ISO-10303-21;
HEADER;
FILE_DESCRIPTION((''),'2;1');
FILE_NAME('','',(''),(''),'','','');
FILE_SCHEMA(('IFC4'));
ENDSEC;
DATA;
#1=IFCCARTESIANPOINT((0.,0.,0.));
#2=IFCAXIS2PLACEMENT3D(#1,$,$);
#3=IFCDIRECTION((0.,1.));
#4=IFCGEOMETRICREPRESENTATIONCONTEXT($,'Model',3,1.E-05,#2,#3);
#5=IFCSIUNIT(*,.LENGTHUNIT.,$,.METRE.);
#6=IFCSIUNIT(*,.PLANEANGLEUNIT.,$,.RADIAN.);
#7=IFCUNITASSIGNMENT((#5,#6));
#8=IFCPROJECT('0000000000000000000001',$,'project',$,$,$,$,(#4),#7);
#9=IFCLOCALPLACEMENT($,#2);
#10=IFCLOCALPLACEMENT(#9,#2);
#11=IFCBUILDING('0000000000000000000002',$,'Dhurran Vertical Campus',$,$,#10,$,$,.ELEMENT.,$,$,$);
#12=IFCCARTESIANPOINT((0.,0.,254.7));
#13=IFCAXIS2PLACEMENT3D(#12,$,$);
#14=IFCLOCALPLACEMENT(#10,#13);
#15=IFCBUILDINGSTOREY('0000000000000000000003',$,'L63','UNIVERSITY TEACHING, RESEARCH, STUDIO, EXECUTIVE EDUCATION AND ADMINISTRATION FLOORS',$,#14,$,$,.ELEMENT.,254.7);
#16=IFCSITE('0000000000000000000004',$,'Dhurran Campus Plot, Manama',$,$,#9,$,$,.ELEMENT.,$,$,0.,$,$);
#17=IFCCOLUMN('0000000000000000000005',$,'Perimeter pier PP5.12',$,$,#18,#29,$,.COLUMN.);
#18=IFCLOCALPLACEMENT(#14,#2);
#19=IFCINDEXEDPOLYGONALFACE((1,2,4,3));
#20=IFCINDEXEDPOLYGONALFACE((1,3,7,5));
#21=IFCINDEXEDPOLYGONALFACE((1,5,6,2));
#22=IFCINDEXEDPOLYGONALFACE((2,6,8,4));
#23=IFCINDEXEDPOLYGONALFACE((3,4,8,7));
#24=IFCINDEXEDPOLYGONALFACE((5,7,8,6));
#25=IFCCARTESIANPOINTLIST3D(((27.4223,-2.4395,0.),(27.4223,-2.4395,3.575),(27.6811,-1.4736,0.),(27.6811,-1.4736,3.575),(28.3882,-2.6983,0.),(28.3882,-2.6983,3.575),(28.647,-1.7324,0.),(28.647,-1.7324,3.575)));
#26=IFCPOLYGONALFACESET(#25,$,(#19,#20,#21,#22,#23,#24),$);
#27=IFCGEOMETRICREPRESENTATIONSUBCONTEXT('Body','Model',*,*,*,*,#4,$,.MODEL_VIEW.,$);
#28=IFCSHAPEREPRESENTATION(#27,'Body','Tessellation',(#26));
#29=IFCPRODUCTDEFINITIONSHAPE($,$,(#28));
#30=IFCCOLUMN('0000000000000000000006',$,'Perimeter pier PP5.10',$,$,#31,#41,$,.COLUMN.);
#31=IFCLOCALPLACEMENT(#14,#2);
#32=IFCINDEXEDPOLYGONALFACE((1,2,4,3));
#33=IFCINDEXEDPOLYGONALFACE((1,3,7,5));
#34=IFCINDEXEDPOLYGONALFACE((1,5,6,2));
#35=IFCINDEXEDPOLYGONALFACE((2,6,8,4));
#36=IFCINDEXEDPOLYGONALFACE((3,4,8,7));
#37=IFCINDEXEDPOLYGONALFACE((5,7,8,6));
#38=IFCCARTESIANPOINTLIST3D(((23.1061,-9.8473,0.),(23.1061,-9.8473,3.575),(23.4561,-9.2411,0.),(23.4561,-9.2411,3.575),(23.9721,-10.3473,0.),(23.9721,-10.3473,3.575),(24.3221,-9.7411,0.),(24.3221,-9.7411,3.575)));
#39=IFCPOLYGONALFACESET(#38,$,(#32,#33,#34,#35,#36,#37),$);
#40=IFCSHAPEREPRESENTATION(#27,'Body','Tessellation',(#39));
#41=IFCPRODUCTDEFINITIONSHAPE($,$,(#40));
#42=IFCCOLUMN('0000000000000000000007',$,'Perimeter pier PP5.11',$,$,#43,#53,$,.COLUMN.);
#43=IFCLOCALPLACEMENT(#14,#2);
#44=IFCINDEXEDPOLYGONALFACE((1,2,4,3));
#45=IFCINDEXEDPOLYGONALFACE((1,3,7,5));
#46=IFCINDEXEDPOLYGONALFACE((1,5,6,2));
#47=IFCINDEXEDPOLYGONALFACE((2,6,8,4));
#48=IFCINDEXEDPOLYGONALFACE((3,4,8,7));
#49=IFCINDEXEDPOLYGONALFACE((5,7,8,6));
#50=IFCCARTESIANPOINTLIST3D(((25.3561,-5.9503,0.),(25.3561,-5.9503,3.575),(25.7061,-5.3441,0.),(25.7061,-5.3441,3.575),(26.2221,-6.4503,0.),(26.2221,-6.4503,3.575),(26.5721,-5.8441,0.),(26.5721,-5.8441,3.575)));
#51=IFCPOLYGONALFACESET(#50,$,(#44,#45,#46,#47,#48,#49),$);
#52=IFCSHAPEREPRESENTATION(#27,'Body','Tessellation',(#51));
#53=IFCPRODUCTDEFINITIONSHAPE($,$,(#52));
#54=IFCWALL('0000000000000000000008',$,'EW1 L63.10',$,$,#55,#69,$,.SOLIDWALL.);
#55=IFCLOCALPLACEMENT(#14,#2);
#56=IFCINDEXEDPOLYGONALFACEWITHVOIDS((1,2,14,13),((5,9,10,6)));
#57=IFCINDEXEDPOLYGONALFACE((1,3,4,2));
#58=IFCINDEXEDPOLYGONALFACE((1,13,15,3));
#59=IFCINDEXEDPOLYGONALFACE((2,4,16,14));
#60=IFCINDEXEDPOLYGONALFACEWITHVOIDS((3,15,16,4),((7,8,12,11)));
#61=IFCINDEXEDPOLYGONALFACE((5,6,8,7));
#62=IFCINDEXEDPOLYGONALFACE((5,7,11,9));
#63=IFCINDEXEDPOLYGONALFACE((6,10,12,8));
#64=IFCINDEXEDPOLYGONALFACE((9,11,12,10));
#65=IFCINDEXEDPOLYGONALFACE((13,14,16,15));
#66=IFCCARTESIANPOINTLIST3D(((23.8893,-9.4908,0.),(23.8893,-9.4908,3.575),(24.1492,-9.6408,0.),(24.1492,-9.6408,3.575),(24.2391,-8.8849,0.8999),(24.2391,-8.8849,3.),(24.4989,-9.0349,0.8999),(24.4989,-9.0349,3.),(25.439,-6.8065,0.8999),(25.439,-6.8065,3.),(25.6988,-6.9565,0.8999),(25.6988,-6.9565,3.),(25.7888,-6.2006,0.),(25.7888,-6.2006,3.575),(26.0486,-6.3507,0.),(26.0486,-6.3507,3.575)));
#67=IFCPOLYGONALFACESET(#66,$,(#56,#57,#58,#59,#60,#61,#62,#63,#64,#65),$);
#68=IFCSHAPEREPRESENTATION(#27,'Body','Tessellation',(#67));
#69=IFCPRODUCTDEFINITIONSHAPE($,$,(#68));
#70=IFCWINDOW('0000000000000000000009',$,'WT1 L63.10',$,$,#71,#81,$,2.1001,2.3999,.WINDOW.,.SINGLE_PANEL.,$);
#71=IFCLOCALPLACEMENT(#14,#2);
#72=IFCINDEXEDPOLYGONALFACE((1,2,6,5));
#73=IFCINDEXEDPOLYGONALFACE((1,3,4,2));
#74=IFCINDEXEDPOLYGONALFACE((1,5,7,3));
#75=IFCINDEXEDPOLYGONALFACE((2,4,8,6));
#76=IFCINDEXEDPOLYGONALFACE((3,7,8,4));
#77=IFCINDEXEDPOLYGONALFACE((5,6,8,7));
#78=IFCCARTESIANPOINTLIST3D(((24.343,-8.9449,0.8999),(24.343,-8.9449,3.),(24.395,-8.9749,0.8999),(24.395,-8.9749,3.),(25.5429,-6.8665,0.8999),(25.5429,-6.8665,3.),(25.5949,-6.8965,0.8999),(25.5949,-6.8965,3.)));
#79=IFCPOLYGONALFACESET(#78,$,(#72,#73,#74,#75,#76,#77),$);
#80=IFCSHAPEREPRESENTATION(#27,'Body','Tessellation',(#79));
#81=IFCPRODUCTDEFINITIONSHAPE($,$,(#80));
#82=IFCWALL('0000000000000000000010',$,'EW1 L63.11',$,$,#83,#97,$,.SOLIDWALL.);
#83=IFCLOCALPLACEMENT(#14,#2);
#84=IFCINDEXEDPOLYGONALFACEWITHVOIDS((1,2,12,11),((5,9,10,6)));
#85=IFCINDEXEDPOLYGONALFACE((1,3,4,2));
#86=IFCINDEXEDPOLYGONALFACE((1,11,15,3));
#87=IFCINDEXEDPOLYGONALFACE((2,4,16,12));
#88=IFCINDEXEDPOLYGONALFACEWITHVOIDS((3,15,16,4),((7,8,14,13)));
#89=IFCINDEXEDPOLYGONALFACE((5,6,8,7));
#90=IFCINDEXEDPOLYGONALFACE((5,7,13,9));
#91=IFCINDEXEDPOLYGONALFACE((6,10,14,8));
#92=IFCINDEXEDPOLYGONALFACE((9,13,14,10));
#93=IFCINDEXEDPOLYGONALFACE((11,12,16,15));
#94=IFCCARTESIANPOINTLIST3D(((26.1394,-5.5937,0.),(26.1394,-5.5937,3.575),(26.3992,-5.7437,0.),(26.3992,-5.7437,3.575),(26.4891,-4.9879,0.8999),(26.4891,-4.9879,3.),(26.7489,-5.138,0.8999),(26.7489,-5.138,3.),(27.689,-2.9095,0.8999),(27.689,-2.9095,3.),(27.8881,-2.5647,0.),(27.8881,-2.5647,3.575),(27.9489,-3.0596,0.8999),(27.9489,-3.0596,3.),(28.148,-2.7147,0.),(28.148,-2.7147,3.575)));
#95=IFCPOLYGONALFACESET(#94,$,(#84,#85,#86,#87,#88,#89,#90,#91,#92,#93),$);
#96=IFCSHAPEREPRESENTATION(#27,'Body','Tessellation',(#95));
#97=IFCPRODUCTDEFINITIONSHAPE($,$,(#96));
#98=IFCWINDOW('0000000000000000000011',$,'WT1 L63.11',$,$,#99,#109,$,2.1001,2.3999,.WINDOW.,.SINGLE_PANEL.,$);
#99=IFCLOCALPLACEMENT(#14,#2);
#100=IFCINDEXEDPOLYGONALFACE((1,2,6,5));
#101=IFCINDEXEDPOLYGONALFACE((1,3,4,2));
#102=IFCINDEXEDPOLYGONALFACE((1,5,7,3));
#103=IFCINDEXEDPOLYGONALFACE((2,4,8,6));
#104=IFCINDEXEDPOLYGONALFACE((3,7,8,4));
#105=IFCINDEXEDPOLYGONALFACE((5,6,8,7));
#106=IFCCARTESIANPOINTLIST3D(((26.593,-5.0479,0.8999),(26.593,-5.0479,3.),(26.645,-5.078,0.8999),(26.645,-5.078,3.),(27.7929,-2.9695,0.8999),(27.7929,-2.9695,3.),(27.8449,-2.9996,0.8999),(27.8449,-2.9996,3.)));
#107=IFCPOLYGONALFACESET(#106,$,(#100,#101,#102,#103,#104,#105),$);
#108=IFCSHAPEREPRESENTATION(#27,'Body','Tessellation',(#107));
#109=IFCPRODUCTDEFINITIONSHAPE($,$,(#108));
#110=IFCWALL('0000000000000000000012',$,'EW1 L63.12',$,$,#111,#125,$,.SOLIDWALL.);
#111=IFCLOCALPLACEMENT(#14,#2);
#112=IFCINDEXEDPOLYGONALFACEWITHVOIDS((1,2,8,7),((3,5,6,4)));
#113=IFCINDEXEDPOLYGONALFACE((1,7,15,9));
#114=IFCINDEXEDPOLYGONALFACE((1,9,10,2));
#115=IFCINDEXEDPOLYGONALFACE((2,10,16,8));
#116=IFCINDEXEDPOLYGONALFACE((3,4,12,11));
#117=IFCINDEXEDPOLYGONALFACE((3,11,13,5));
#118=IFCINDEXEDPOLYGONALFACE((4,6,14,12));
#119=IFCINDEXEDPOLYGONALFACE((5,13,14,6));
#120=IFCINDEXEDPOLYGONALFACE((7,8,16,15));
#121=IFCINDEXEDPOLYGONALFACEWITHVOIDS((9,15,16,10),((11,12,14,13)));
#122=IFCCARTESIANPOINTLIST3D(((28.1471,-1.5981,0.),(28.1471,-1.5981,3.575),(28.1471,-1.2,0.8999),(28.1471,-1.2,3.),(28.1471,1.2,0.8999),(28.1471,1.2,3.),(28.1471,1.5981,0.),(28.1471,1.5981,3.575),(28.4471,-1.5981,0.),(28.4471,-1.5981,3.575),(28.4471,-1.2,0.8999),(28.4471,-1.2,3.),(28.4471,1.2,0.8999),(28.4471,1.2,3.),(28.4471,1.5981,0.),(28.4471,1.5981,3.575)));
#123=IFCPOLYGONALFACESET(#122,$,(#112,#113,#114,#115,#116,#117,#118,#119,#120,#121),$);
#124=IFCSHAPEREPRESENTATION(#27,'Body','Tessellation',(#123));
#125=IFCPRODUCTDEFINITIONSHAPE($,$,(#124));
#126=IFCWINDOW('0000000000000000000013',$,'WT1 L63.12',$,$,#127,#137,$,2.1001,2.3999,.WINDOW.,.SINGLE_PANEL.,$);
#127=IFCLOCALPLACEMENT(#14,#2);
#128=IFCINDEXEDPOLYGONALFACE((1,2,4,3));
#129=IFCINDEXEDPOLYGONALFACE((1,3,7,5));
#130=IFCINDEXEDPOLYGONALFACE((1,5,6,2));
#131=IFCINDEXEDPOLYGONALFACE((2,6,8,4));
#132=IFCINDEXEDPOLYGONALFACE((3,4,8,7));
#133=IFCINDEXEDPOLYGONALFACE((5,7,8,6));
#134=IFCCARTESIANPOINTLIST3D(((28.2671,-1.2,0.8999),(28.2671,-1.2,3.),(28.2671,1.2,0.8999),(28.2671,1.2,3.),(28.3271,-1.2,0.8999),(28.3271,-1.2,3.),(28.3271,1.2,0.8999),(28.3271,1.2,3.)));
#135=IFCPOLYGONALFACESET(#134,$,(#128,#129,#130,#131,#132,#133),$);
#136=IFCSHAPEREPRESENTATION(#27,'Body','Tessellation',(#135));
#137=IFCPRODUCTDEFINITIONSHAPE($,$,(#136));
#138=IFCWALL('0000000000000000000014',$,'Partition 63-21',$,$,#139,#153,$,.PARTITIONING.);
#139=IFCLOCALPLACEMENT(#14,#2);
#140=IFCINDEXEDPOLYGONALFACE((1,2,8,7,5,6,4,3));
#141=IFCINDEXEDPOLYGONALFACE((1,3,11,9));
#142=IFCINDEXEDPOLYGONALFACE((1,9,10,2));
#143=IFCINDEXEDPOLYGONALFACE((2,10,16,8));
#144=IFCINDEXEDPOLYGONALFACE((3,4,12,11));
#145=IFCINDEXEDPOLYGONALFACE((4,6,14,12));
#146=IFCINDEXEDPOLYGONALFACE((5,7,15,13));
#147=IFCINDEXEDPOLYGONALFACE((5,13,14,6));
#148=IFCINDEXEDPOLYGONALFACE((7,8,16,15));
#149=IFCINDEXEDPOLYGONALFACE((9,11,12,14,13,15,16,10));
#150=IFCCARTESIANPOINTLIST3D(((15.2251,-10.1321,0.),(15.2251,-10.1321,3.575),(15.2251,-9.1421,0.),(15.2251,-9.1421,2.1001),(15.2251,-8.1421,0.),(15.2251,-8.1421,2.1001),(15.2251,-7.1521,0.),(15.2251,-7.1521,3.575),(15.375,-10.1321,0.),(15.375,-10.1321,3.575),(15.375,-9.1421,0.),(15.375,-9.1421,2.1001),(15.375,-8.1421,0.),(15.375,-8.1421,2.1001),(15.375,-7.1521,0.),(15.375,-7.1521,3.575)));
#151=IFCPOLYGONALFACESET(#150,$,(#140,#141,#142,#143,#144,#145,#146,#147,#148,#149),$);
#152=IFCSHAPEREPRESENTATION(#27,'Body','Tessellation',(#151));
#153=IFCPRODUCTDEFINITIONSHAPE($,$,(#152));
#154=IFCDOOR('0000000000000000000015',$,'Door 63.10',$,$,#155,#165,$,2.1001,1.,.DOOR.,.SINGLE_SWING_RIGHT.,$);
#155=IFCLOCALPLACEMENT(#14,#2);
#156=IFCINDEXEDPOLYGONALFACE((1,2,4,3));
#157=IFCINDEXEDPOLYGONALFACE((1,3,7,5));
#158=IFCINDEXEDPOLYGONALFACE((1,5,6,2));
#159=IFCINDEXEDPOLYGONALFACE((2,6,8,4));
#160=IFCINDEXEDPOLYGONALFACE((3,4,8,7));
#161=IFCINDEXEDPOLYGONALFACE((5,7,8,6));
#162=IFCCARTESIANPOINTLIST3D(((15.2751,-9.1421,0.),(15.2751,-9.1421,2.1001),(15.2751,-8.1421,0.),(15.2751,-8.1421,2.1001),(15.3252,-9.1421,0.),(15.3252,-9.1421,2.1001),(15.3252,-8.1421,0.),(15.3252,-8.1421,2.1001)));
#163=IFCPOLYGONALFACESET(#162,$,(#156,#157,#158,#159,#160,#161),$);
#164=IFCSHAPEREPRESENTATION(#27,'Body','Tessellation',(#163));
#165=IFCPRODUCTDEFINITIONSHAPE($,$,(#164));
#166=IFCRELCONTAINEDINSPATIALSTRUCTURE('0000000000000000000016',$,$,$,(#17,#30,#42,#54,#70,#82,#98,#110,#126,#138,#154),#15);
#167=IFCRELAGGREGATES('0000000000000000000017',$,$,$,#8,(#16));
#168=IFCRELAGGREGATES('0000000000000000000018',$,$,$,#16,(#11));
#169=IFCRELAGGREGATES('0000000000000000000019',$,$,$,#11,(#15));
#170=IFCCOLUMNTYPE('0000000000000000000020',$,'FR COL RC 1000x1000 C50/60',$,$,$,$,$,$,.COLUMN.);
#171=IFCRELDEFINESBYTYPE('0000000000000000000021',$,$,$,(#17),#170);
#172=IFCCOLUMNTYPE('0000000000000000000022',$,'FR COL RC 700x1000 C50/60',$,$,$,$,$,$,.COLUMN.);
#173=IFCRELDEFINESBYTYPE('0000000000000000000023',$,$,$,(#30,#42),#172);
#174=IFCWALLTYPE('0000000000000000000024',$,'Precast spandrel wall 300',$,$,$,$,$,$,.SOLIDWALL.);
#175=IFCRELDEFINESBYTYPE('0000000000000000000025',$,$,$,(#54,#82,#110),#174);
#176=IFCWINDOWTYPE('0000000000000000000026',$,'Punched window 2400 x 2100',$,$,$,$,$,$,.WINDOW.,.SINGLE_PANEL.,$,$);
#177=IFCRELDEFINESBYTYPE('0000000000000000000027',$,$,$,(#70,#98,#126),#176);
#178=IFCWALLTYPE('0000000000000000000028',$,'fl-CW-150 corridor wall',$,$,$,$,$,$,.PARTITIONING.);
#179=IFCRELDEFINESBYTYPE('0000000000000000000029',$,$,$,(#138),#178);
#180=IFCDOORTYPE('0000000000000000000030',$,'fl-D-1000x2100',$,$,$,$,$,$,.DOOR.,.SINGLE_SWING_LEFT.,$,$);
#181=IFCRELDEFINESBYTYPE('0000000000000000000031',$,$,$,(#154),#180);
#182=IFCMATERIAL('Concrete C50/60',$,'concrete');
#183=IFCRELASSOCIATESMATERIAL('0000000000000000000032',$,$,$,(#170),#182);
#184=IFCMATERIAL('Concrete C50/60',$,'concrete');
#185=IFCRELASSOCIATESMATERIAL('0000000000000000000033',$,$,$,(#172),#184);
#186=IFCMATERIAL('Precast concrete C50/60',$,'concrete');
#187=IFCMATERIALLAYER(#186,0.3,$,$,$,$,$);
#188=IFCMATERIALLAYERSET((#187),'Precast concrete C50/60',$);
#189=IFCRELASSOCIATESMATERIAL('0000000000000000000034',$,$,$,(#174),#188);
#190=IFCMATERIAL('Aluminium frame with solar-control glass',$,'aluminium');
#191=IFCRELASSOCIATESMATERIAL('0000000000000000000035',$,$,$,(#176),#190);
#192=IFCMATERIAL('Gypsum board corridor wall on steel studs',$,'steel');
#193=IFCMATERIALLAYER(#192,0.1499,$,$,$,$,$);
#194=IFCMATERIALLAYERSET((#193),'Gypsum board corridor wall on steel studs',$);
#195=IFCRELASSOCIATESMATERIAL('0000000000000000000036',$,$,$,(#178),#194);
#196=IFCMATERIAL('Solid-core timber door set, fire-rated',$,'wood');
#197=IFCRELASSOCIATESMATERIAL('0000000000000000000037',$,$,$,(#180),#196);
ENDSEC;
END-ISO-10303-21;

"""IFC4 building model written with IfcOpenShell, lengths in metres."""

from ifc_helpers import new_model, si_unit, direction, frame, frame_2d, origin, origin_2d, place, context, subcontext, project, spatial, rectangle, extrude, material, layer, layer_set, material_profile, profile_set, type_object, element, fill, save


model = new_model("IFC4")

# Units and contexts
model_context = context("Model", 3, precision=1e-05, world=origin(), true_north=direction((0.0, 1.0)))
body_context = subcontext(model_context, "Body", "Model", "MODEL_VIEW")
ifc_project = project(units=[si_unit("LENGTHUNIT", "METRE"), si_unit("PLANEANGLEUNIT", "RADIAN")], contexts=[model_context])

# Site, building, storey
site_placement = place(None, origin())
site = spatial("IfcSite", under=ifc_project, at=site_placement, Name="Dhurran Campus Plot, Manama", CompositionType="ELEMENT", RefElevation=0.0)
building_placement = place(site_placement, origin())
building = spatial("IfcBuilding", under=site, at=building_placement, Name="Dhurran Vertical Campus", CompositionType="ELEMENT")
storey_placement = place(building_placement, frame((0.0, 0.0, 254.7)))
storey = spatial("IfcBuildingStorey", under=building, at=storey_placement, Name="L63", Description="UNIVERSITY TEACHING, RESEARCH, STUDIO, EXECUTIVE EDUCATION AND ADMINISTRATION FLOORS", CompositionType="ELEMENT", Elevation=254.7)

# Columns
ifc_material_1 = material(Name="Concrete C50/60", Category="concrete")
ifc_material_profile_1 = material_profile(ifc_material_1, rectangle(XDim=1.0, YDim=1.0, at=origin_2d()), Name="RC 1000x1000")
ifc_profile_set_1 = profile_set([ifc_material_profile_1], Name="Concrete C50/60")
column_type_1 = type_object("IfcColumnType", Name="FR COL RC 1000x1000 C50/60", PredefinedType="COLUMN", material=ifc_profile_set_1)
column_placement = place(storey_placement, frame((28.0347, -2.0859, 0.0), z_axis=(0.0, 0.0, 1.0), x_axis=(0.258819, 0.965926, 0.0)))
element("IfcColumn", 1, at=column_placement, inside=storey, type_object=column_type_1, Name="Perimeter pier PP5.12", PredefinedType="COLUMN", context=body_context, shape_type="SweptSolid", body=[
    extrude(rectangle(XDim=1.0, YDim=1.0, at=origin_2d()), origin(), (0.0, 0.0, 1.0), 3.575),
])
ifc_material_2 = material(Name="Concrete C50/60", Category="concrete")
ifc_material_profile_2 = material_profile(ifc_material_2, rectangle(XDim=0.7, YDim=1.0, at=origin_2d()), Name="RC 700x1000")
ifc_profile_set_2 = profile_set([ifc_material_profile_2], Name="Concrete C50/60")
column_type_2 = type_object("IfcColumnType", Name="FR COL RC 700x1000 C50/60", PredefinedType="COLUMN", material=ifc_profile_set_2)
for number, where, z_axis, x_axis, name in (
    (2, (23.7141, -9.7942, 0.0), (0.0, 0.0, 1.0), (0.5, 0.866025, 0.0), "Perimeter pier PP5.10"),
    (3, (25.9641, -5.8972, 0.0), (0.0, 0.0, 1.0), (0.5, 0.866025, 0.0), "Perimeter pier PP5.11"),
):
    element("IfcColumn", number, at=place(storey_placement, frame(where, z_axis=z_axis, x_axis=x_axis)), inside=storey, type_object=column_type_2, Name=name, PredefinedType="COLUMN", context=body_context, shape_type="SweptSolid", body=[
        extrude(rectangle(XDim=0.7, YDim=1.0, at=origin_2d()), origin(), (0.0, 0.0, 1.0), 3.575),
    ])

# Walls, openings, windows
ifc_material_3 = material(Name="Precast concrete C50/60", Category="concrete")
ifc_layer_1 = layer(ifc_material_3, 0.3)
ifc_layer_set_1 = layer_set([ifc_layer_1], Name="Precast concrete C50/60")
wall_type_1 = type_object("IfcWallType", Name="Precast spandrel wall 300", PredefinedType="SOLIDWALL", material=ifc_layer_set_1)
wall_1_placement = place(storey_placement, frame((24.0193, -9.5657, 0.0), z_axis=(0.0, 0.0, 1.0), x_axis=(0.499982, 0.866036, 0.0)))
wall_1 = element("IfcWall", 4, at=wall_1_placement, inside=storey, type_object=wall_type_1, Name="EW1 L63.10", PredefinedType="SOLIDWALL", context=body_context, shape_type="SweptSolid", body=[
    extrude(rectangle(XDim=3.7991, YDim=0.3, at=frame_2d((1.8994, 0.0))), origin(), (0.0, 0.0, 1.0), 3.575),
])
opening_1_placement = place(wall_1_placement, frame((0.6995, 0.0, 0.8999)))
opening_1 = element("IfcOpeningElement", 5, at=opening_1_placement, cuts=wall_1, PredefinedType="OPENING", context=body_context, shape_type="SweptSolid", body=[
    extrude(rectangle(XDim=2.3999, YDim=2.1001, at=frame_2d((1.2, 1.05))), frame((0.0, 0.1599, 0.0), z_axis=(0.0, -1.0, 0.0), x_axis=(1.0, 0.0, 0.0)), (0.0, 0.0, 1.0), 0.3201),
])
ifc_material_4 = material(Name="Aluminium frame with solar-control glass", Category="aluminium")
window_type = type_object("IfcWindowType", Name="Punched window 2400 x 2100", PartitioningType="SINGLE_PANEL", PredefinedType="WINDOW", material=ifc_material_4)
window_1_placement = place(opening_1_placement, origin())
window_1 = element("IfcWindow", 6, at=window_1_placement, inside=storey, type_object=window_type, Name="WT1 L63.10", OverallHeight=2.1001, OverallWidth=2.3999, PartitioningType="SINGLE_PANEL", PredefinedType="WINDOW", context=body_context, shape_type="SweptSolid", body=[
    extrude(rectangle(XDim=2.3999, YDim=2.1001, at=frame_2d((1.2, 1.05))), frame((0.0, 0.03, 0.0), z_axis=(0.0, -1.0, 0.0), x_axis=(1.0, 0.0, 0.0)), (0.0, 0.0, 1.0), 0.0601),
])
fill(opening_1, window_1)
wall_2_placement = place(storey_placement, frame((26.2693, -5.6687, 0.0), z_axis=(0.0, 0.0, 1.0), x_axis=(0.49999, 0.866031, 0.0)))
wall_2 = element("IfcWall", 7, at=wall_2_placement, inside=storey, type_object=wall_type_1, Name="EW1 L63.11", PredefinedType="SOLIDWALL", context=body_context, shape_type="SweptSolid", body=[
    extrude(rectangle(XDim=3.4976, YDim=0.3, at=frame_2d((1.7488, 0.0))), origin(), (0.0, 0.0, 1.0), 3.575),
])
opening_2_placement = place(wall_2_placement, frame((0.6995, 0.0, 0.8999)))
opening_2 = element("IfcOpeningElement", 8, at=opening_2_placement, cuts=wall_2, PredefinedType="OPENING", context=body_context, shape_type="SweptSolid", body=[
    extrude(rectangle(XDim=2.3999, YDim=2.1001, at=frame_2d((1.2, 1.05))), frame((0.0, 0.1599, 0.0), z_axis=(0.0, -1.0, 0.0), x_axis=(1.0, 0.0, 0.0)), (0.0, 0.0, 1.0), 0.3201),
])
window_2_placement = place(opening_2_placement, origin())
window_2 = element("IfcWindow", 9, at=window_2_placement, inside=storey, type_object=window_type, Name="WT1 L63.11", OverallHeight=2.1001, OverallWidth=2.3999, PartitioningType="SINGLE_PANEL", PredefinedType="WINDOW", context=body_context, shape_type="SweptSolid", body=[
    extrude(rectangle(XDim=2.3999, YDim=2.1001, at=frame_2d((1.2, 1.05))), frame((0.0, 0.03, 0.0), z_axis=(0.0, -1.0, 0.0), x_axis=(1.0, 0.0, 0.0)), (0.0, 0.0, 1.0), 0.0601),
])
fill(opening_2, window_2)
wall_3_placement = place(storey_placement, frame((28.2971, -1.5981, 0.0), z_axis=(0.0, 0.0, 1.0), x_axis=(0.0, 1.0, 0.0)))
wall_3 = element("IfcWall", 10, at=wall_3_placement, inside=storey, type_object=wall_type_1, Name="EW1 L63.12", PredefinedType="SOLIDWALL", context=body_context, shape_type="SweptSolid", body=[
    extrude(rectangle(XDim=3.1963, YDim=0.3, at=frame_2d((1.5981, 0.0))), origin(), (0.0, 0.0, 1.0), 3.575),
])
opening_3_placement = place(wall_3_placement, frame((0.3982, 0.0, 0.8999)))
opening_3 = element("IfcOpeningElement", 11, at=opening_3_placement, cuts=wall_3, PredefinedType="OPENING", context=body_context, shape_type="SweptSolid", body=[
    extrude(rectangle(XDim=2.3999, YDim=2.1001, at=frame_2d((1.2, 1.05))), frame((0.0, 0.1599, 0.0), z_axis=(0.0, -1.0, 0.0), x_axis=(1.0, 0.0, 0.0)), (0.0, 0.0, 1.0), 0.3201),
])
window_3_placement = place(opening_3_placement, origin())
window_3 = element("IfcWindow", 12, at=window_3_placement, inside=storey, type_object=window_type, Name="WT1 L63.12", OverallHeight=2.1001, OverallWidth=2.3999, PartitioningType="SINGLE_PANEL", PredefinedType="WINDOW", context=body_context, shape_type="SweptSolid", body=[
    extrude(rectangle(XDim=2.3999, YDim=2.1001, at=frame_2d((1.2, 1.05))), frame((0.0, 0.03, 0.0), z_axis=(0.0, -1.0, 0.0), x_axis=(1.0, 0.0, 0.0)), (0.0, 0.0, 1.0), 0.0601),
])
fill(opening_3, window_3)

# Wall, opening, door
ifc_material_5 = material(Name="Gypsum board corridor wall on steel studs", Category="steel")
ifc_layer_2 = layer(ifc_material_5, 0.1499)
ifc_layer_set_2 = layer_set([ifc_layer_2], Name="Gypsum board corridor wall on steel studs")
wall_type_2 = type_object("IfcWallType", Name="fl-CW-150 corridor wall", PredefinedType="PARTITIONING", material=ifc_layer_set_2)
wall_4_placement = place(storey_placement, frame((15.3, -10.1321, 0.0), z_axis=(0.0, 0.0, 1.0), x_axis=(0.0, 1.0, 0.0)))
wall_4 = element("IfcWall", 13, at=wall_4_placement, inside=storey, type_object=wall_type_2, Name="Partition 63-21", PredefinedType="PARTITIONING", context=body_context, shape_type="SweptSolid", body=[
    extrude(rectangle(XDim=2.98, YDim=0.1499, at=frame_2d((1.49, 0.0))), origin(), (0.0, 0.0, 1.0), 3.575),
])
opening_4_placement = place(wall_4_placement, frame((0.99, 0.0, 0.0)))
opening_4 = element("IfcOpeningElement", 14, at=opening_4_placement, cuts=wall_4, PredefinedType="OPENING", context=body_context, shape_type="SweptSolid", body=[
    extrude(rectangle(XDim=1.0, YDim=2.1001, at=frame_2d((0.5, 1.05))), frame((0.0, 0.085, 0.0), z_axis=(0.0, -1.0, 0.0), x_axis=(1.0, 0.0, 0.0)), (0.0, 0.0, 1.0), 0.1699),
])
ifc_material_6 = material(Name="Solid-core timber door set, fire-rated", Category="wood")
door_type = type_object("IfcDoorType", Name="fl-D-1000x2100", OperationType="SINGLE_SWING_LEFT", PredefinedType="DOOR", material=ifc_material_6)
door_1_placement = place(opening_4_placement, origin())
door_1 = element("IfcDoor", 15, at=door_1_placement, inside=storey, type_object=door_type, Name="Door 63.10", OperationType="SINGLE_SWING_RIGHT", OverallHeight=2.1001, OverallWidth=1.0, PredefinedType="DOOR", context=body_context, shape_type="SweptSolid", body=[
    extrude(rectangle(XDim=1.0, YDim=2.1001, at=frame_2d((0.5, 1.05))), frame((0.0, 0.0249, 0.0), z_axis=(0.0, -1.0, 0.0), x_axis=(1.0, 0.0, 0.0)), (0.0, 0.0, 1.0), 0.05),
])
fill(opening_4, door_1)

save(model, "model.ifc")
